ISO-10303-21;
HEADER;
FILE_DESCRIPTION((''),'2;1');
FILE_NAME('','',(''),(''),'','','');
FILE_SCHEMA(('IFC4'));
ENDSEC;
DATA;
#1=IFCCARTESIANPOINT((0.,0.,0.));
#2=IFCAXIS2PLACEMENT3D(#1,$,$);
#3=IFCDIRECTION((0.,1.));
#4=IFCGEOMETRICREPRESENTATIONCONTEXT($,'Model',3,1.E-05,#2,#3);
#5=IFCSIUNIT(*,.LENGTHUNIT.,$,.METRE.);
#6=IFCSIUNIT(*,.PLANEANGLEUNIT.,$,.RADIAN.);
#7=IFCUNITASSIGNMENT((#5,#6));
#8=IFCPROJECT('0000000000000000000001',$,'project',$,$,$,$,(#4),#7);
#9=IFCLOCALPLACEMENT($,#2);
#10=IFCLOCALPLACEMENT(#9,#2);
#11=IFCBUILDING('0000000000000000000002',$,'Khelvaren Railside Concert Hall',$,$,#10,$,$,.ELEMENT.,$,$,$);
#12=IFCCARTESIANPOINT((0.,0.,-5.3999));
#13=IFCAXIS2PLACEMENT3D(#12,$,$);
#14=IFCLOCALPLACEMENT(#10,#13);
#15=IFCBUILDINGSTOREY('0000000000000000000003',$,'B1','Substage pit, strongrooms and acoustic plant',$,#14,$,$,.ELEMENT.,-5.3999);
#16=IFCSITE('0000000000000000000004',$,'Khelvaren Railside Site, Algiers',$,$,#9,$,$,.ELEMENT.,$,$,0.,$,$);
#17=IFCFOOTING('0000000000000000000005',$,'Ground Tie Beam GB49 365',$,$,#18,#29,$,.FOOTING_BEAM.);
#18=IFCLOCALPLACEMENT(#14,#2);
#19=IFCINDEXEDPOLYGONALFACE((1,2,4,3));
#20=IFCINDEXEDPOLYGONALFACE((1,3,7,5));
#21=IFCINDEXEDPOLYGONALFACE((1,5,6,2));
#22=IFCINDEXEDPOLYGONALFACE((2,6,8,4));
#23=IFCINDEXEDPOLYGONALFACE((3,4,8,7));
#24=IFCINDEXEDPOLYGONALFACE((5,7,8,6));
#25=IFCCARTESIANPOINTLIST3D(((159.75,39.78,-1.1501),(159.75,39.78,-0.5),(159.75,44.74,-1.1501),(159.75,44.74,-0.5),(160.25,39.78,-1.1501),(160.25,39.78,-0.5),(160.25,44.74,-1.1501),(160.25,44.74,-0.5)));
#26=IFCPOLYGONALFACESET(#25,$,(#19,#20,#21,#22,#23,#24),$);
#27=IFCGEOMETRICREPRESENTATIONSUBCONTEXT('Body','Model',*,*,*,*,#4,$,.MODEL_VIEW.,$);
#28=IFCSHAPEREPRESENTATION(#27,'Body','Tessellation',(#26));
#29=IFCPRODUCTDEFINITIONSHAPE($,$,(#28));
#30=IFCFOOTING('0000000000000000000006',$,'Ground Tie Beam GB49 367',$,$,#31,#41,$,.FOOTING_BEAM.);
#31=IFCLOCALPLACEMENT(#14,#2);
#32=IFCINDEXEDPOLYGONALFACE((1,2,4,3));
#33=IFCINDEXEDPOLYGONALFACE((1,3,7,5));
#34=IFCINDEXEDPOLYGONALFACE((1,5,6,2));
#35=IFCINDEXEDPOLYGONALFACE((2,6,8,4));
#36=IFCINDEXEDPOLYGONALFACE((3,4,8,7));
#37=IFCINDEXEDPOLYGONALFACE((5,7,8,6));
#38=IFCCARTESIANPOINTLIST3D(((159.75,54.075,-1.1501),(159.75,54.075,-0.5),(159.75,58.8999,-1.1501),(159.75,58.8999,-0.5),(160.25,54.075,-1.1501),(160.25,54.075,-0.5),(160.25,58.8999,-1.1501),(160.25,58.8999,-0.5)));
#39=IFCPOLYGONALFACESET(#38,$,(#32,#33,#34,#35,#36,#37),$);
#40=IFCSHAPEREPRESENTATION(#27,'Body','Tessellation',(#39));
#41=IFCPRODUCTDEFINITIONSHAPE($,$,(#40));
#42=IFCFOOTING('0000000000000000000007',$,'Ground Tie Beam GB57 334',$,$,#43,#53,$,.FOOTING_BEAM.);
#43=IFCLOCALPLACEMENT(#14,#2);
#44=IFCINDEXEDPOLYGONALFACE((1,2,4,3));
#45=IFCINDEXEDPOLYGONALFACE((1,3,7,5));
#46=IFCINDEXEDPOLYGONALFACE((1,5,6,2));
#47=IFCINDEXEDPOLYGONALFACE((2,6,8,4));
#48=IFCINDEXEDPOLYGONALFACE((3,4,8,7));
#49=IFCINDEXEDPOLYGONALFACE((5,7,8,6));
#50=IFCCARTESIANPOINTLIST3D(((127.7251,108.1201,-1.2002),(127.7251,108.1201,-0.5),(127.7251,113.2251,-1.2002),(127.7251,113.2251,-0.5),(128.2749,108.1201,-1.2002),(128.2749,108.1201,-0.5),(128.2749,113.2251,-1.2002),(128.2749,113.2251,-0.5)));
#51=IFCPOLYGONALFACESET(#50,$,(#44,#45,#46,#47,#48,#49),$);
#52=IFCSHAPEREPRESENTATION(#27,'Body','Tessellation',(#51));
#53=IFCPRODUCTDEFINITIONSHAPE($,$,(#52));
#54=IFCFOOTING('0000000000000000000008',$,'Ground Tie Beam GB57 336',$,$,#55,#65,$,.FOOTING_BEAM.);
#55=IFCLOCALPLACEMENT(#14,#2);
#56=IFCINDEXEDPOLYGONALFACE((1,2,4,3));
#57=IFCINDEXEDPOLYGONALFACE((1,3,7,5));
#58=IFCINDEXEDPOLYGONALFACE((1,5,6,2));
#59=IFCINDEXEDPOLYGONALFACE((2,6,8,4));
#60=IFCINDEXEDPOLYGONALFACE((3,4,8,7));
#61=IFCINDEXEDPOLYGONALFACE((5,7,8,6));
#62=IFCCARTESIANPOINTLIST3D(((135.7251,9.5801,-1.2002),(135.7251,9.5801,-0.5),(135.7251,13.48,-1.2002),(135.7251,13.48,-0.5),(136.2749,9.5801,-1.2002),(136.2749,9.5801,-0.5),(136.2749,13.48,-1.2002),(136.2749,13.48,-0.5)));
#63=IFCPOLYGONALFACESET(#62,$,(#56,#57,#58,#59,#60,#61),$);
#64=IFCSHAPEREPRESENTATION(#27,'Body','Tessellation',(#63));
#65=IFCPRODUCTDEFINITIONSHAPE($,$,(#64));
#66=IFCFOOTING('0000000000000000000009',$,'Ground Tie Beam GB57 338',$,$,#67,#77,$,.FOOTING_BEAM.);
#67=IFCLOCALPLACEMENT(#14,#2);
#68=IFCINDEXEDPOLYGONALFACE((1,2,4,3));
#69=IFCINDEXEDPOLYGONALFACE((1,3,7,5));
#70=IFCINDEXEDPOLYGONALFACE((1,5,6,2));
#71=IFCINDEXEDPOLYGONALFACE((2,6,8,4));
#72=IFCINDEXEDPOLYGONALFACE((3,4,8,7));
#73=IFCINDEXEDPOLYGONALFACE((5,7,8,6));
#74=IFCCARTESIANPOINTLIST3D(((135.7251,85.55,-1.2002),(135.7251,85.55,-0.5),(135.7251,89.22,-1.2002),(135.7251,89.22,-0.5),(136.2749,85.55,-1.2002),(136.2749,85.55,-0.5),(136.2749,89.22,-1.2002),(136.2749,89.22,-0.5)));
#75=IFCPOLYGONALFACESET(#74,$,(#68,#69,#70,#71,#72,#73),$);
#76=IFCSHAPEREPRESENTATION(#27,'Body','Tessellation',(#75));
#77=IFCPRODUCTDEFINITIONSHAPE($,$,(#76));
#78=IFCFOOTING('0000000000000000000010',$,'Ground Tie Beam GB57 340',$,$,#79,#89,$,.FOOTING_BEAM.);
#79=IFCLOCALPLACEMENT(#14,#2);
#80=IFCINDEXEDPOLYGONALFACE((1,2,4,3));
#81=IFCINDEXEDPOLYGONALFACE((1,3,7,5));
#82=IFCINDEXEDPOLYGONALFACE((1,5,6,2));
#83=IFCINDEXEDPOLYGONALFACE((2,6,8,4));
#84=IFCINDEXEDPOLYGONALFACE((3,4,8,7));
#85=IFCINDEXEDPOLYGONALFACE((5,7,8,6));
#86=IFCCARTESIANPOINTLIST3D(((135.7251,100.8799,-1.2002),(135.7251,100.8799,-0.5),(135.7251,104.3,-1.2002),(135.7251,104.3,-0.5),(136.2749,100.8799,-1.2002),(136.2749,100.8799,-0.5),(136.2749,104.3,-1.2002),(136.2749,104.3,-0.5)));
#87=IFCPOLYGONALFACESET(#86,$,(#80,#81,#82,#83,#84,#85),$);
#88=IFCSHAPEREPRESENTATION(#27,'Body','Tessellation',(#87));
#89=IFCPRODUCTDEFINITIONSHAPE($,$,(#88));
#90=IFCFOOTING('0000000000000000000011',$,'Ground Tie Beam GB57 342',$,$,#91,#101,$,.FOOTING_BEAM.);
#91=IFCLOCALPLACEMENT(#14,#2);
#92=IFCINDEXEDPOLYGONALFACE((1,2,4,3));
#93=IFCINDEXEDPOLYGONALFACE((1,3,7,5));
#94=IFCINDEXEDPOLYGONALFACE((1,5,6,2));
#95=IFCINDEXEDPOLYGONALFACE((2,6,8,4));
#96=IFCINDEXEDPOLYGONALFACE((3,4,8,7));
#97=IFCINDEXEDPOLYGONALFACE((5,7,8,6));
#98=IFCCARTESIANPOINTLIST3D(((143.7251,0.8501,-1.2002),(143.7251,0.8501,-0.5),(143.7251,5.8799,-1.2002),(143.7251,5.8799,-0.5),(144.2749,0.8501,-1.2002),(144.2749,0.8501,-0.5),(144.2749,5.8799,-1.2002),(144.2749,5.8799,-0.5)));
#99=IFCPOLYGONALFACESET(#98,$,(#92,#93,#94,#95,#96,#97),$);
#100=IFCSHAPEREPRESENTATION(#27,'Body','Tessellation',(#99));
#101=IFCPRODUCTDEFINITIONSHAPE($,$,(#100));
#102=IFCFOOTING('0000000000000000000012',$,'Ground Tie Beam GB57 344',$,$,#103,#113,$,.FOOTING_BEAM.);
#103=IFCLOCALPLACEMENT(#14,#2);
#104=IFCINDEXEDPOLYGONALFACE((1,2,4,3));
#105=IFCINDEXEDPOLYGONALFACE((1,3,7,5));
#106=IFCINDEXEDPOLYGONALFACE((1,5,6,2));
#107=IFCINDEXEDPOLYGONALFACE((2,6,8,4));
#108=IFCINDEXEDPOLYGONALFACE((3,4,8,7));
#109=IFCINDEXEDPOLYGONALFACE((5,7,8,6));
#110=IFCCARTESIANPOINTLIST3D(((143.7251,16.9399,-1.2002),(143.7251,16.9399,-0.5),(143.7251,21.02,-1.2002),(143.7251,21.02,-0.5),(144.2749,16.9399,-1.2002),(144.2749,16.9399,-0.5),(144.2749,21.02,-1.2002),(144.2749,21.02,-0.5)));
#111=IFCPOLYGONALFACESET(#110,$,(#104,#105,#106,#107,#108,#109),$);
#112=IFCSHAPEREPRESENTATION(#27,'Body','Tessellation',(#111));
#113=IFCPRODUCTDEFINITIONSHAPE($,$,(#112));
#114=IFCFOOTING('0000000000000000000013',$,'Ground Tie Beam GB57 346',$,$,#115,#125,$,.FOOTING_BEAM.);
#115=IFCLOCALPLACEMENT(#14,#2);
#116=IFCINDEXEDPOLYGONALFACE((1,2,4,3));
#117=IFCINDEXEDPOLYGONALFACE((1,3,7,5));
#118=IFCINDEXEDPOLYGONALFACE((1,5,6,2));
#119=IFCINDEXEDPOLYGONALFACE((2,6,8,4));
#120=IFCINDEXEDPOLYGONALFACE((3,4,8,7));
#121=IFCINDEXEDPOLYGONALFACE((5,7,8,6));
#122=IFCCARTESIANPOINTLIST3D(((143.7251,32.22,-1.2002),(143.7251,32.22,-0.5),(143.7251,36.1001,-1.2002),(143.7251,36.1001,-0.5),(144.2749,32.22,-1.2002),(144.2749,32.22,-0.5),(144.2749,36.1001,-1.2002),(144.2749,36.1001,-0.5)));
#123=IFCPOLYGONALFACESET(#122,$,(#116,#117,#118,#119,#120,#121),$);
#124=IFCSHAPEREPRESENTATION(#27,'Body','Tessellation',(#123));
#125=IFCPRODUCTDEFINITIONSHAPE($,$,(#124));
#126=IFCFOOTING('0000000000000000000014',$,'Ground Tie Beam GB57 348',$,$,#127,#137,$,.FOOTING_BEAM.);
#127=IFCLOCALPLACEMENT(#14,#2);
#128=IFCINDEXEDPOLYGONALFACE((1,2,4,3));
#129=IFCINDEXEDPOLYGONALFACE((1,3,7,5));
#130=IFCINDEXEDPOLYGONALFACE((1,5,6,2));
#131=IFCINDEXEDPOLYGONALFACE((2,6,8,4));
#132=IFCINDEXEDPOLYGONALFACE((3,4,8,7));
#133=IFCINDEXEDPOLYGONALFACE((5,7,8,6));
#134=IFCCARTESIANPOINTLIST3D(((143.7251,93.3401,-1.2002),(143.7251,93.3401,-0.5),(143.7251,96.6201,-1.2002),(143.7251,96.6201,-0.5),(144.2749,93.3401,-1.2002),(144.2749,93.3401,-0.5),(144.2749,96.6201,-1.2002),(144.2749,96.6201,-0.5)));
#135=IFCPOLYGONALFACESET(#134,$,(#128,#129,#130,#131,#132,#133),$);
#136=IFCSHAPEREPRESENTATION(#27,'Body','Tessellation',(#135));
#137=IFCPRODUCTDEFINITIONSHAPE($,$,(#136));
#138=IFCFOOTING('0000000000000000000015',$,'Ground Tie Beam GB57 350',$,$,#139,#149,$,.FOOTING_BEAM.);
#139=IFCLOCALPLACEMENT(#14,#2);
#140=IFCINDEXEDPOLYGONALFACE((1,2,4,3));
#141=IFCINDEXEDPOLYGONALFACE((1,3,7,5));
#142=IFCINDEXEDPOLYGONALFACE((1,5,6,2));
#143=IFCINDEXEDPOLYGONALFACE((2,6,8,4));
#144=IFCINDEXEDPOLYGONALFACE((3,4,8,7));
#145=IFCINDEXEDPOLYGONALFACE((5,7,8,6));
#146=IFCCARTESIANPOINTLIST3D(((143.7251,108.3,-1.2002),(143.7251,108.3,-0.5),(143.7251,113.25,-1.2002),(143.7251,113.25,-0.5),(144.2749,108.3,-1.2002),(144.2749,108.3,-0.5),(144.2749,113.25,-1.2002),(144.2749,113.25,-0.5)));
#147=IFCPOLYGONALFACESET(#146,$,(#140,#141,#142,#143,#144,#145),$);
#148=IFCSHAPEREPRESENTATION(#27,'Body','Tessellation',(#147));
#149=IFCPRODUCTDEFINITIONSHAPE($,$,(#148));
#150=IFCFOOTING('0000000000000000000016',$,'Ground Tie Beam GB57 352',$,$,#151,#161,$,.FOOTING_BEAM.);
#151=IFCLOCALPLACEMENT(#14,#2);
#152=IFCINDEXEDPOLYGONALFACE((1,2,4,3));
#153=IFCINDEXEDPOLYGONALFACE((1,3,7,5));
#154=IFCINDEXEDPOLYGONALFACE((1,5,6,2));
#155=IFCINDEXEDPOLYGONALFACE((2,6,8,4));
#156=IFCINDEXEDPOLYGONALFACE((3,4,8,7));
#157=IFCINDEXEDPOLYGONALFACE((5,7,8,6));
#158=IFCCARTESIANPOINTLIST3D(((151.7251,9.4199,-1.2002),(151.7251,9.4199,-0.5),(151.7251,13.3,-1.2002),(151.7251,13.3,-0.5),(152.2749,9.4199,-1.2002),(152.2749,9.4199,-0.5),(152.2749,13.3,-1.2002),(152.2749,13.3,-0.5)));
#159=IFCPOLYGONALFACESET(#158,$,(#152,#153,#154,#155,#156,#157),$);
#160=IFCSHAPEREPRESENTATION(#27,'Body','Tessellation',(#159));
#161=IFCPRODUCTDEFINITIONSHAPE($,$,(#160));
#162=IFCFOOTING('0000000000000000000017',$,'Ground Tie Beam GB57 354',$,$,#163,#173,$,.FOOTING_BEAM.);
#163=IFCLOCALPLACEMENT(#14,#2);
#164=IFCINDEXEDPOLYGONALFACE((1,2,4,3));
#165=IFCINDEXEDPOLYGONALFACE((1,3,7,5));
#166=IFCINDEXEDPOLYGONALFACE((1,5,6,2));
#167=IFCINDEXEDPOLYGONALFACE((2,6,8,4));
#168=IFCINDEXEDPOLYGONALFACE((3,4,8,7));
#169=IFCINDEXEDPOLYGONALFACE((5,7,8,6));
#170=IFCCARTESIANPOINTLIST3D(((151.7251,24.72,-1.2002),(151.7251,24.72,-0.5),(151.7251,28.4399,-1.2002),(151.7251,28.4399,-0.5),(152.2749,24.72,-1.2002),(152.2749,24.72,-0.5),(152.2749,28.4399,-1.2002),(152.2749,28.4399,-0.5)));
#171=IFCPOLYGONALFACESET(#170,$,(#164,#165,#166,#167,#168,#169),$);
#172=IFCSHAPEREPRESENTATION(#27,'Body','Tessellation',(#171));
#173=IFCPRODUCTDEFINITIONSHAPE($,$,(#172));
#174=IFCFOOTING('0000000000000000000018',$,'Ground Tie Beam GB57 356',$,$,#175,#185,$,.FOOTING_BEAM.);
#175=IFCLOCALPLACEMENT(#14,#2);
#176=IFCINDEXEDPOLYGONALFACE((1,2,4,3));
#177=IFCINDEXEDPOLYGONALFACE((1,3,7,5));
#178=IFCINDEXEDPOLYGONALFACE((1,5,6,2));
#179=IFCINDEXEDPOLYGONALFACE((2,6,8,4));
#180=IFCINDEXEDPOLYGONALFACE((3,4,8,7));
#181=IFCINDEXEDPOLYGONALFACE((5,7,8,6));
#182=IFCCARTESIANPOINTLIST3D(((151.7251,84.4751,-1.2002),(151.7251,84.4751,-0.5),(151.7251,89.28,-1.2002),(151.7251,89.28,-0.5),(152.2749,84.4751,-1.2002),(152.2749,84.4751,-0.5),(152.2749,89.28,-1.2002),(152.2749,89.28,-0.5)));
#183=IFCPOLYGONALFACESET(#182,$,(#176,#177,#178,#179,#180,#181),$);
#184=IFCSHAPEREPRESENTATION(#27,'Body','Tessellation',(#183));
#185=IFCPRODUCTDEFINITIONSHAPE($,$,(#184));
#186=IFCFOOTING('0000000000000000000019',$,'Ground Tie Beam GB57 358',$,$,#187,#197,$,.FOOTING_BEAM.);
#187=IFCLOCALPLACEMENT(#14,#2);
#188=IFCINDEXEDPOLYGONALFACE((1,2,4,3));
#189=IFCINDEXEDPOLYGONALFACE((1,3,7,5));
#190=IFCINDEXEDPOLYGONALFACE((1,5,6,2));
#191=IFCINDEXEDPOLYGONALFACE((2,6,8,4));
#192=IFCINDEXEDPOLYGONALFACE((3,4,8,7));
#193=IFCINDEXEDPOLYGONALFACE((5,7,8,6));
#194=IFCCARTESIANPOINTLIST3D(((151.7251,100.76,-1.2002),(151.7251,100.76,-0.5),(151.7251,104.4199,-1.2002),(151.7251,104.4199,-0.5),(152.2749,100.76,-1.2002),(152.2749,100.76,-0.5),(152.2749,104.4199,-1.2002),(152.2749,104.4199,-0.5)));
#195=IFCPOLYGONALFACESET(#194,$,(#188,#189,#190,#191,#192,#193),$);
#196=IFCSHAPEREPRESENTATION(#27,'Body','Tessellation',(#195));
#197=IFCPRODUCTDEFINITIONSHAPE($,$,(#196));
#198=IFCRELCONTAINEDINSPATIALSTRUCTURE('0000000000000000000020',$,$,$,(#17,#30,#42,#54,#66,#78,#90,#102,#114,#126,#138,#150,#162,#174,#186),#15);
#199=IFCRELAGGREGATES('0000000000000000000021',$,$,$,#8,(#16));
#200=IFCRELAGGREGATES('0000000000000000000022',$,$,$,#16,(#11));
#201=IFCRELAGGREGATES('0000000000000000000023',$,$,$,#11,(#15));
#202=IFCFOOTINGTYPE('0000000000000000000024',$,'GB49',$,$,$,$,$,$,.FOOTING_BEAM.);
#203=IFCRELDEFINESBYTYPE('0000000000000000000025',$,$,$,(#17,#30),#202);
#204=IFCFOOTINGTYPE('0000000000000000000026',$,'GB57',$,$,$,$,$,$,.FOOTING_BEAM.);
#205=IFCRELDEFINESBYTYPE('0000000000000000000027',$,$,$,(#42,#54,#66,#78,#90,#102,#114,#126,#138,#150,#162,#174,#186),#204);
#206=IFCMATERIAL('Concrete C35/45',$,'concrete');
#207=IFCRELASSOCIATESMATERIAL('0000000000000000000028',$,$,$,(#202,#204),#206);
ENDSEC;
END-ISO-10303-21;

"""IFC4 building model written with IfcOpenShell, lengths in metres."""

from ifc_helpers import new_model, si_unit, direction, frame, origin, place, context, subcontext, project, spatial, polyline, outline, extrude, material, type_object, element, save


model = new_model("IFC4")

# Units and contexts
model_context = context("Model", 3, precision=1e-05, world=origin(), true_north=direction((0.0, 1.0)))
body_context = subcontext(model_context, "Body", "Model", "MODEL_VIEW")
ifc_project = project(units=[si_unit("LENGTHUNIT", "METRE"), si_unit("PLANEANGLEUNIT", "RADIAN")], contexts=[model_context])

# Site, building, storey
site_placement = place(None, origin())
site = spatial("IfcSite", under=ifc_project, at=site_placement, Name="Khelvaren Railside Site, Algiers", CompositionType="ELEMENT", RefElevation=0.0)
building_placement = place(site_placement, origin())
building = spatial("IfcBuilding", under=site, at=building_placement, Name="Khelvaren Railside Concert Hall", CompositionType="ELEMENT")
storey_placement = place(building_placement, frame((0.0, 0.0, -5.3999)))
storey = spatial("IfcBuildingStorey", under=building, at=storey_placement, Name="B1", Description="Substage pit, strongrooms and acoustic plant", CompositionType="ELEMENT", Elevation=-5.3999)

# Footings
ifc_material = material(Name="Concrete C35/45", Category="concrete")
footing_type_1 = type_object("IfcFootingType", Name="GB49", PredefinedType="FOOTING_BEAM", material=ifc_material)
footing_1_placement = place(storey_placement, frame((0.0, 0.0, -1.1501)))
element("IfcFooting", 1, at=footing_1_placement, inside=storey, type_object=footing_type_1, Name="Ground Tie Beam GB49 365", PredefinedType="FOOTING_BEAM", context=body_context, shape_type="SweptSolid", body=[
    extrude(outline(polyline([(159.75, 39.78), (160.25, 39.78), (160.25, 44.74), (159.75, 44.74), (159.75, 39.78)])), origin(), (0.0, 0.0, 1.0), 0.6501),
])
footing_2_placement = place(storey_placement, frame((0.0, 0.0, -1.1501)))
element("IfcFooting", 2, at=footing_2_placement, inside=storey, type_object=footing_type_1, Name="Ground Tie Beam GB49 367", PredefinedType="FOOTING_BEAM", context=body_context, shape_type="SweptSolid", body=[
    extrude(outline(polyline([(159.75, 54.075), (160.25, 54.075), (160.25, 58.8999), (159.75, 58.8999), (159.75, 54.075)])), origin(), (0.0, 0.0, 1.0), 0.6501),
])
footing_type_2 = type_object("IfcFootingType", Name="GB57", PredefinedType="FOOTING_BEAM", material=ifc_material)
footing_3_placement = place(storey_placement, frame((0.0, 0.0, -1.2002)))
element("IfcFooting", 3, at=footing_3_placement, inside=storey, type_object=footing_type_2, Name="Ground Tie Beam GB57 334", PredefinedType="FOOTING_BEAM", context=body_context, shape_type="SweptSolid", body=[
    extrude(outline(polyline([(127.7251, 108.1201), (128.2749, 108.1201), (128.2749, 113.2251), (127.7251, 113.2251), (127.7251, 108.1201)])), origin(), (0.0, 0.0, 1.0), 0.7002),
])
footing_4_placement = place(storey_placement, frame((0.0, 0.0, -1.2002)))
element("IfcFooting", 4, at=footing_4_placement, inside=storey, type_object=footing_type_2, Name="Ground Tie Beam GB57 336", PredefinedType="FOOTING_BEAM", context=body_context, shape_type="SweptSolid", body=[
    extrude(outline(polyline([(135.7251, 9.5801), (136.2749, 9.5801), (136.2749, 13.48), (135.7251, 13.48), (135.7251, 9.5801)])), origin(), (0.0, 0.0, 1.0), 0.7002),
])
footing_5_placement = place(storey_placement, frame((0.0, 0.0, -1.2002)))
element("IfcFooting", 5, at=footing_5_placement, inside=storey, type_object=footing_type_2, Name="Ground Tie Beam GB57 338", PredefinedType="FOOTING_BEAM", context=body_context, shape_type="SweptSolid", body=[
    extrude(outline(polyline([(135.7251, 85.55), (136.2749, 85.55), (136.2749, 89.22), (135.7251, 89.22), (135.7251, 85.55)])), origin(), (0.0, 0.0, 1.0), 0.7002),
])
footing_6_placement = place(storey_placement, frame((0.0, 0.0, -1.2002)))
element("IfcFooting", 6, at=footing_6_placement, inside=storey, type_object=footing_type_2, Name="Ground Tie Beam GB57 340", PredefinedType="FOOTING_BEAM", context=body_context, shape_type="SweptSolid", body=[
    extrude(outline(polyline([(135.7251, 100.8799), (136.2749, 100.8799), (136.2749, 104.3), (135.7251, 104.3), (135.7251, 100.8799)])), origin(), (0.0, 0.0, 1.0), 0.7002),
])
footing_7_placement = place(storey_placement, frame((0.0, 0.0, -1.2002)))
element("IfcFooting", 7, at=footing_7_placement, inside=storey, type_object=footing_type_2, Name="Ground Tie Beam GB57 342", PredefinedType="FOOTING_BEAM", context=body_context, shape_type="SweptSolid", body=[
    extrude(outline(polyline([(143.7251, 0.8501), (144.2749, 0.8501), (144.2749, 5.8799), (143.7251, 5.8799), (143.7251, 0.8501)])), origin(), (0.0, 0.0, 1.0), 0.7002),
])
footing_8_placement = place(storey_placement, frame((0.0, 0.0, -1.2002)))
element("IfcFooting", 8, at=footing_8_placement, inside=storey, type_object=footing_type_2, Name="Ground Tie Beam GB57 344", PredefinedType="FOOTING_BEAM", context=body_context, shape_type="SweptSolid", body=[
    extrude(outline(polyline([(143.7251, 16.9399), (144.2749, 16.9399), (144.2749, 21.02), (143.7251, 21.02), (143.7251, 16.9399)])), origin(), (0.0, 0.0, 1.0), 0.7002),
])
footing_9_placement = place(storey_placement, frame((0.0, 0.0, -1.2002)))
element("IfcFooting", 9, at=footing_9_placement, inside=storey, type_object=footing_type_2, Name="Ground Tie Beam GB57 346", PredefinedType="FOOTING_BEAM", context=body_context, shape_type="SweptSolid", body=[
    extrude(outline(polyline([(143.7251, 32.22), (144.2749, 32.22), (144.2749, 36.1001), (143.7251, 36.1001), (143.7251, 32.22)])), origin(), (0.0, 0.0, 1.0), 0.7002),
])
footing_10_placement = place(storey_placement, frame((0.0, 0.0, -1.2002)))
element("IfcFooting", 10, at=footing_10_placement, inside=storey, type_object=footing_type_2, Name="Ground Tie Beam GB57 348", PredefinedType="FOOTING_BEAM", context=body_context, shape_type="SweptSolid", body=[
    extrude(outline(polyline([(143.7251, 93.3401), (144.2749, 93.3401), (144.2749, 96.6201), (143.7251, 96.6201), (143.7251, 93.3401)])), origin(), (0.0, 0.0, 1.0), 0.7002),
])
footing_11_placement = place(storey_placement, frame((0.0, 0.0, -1.2002)))
element("IfcFooting", 11, at=footing_11_placement, inside=storey, type_object=footing_type_2, Name="Ground Tie Beam GB57 350", PredefinedType="FOOTING_BEAM", context=body_context, shape_type="SweptSolid", body=[
    extrude(outline(polyline([(143.7251, 108.3), (144.2749, 108.3), (144.2749, 113.25), (143.7251, 113.25), (143.7251, 108.3)])), origin(), (0.0, 0.0, 1.0), 0.7002),
])
footing_12_placement = place(storey_placement, frame((0.0, 0.0, -1.2002)))
element("IfcFooting", 12, at=footing_12_placement, inside=storey, type_object=footing_type_2, Name="Ground Tie Beam GB57 352", PredefinedType="FOOTING_BEAM", context=body_context, shape_type="SweptSolid", body=[
    extrude(outline(polyline([(151.7251, 9.4199), (152.2749, 9.4199), (152.2749, 13.3), (151.7251, 13.3), (151.7251, 9.4199)])), origin(), (0.0, 0.0, 1.0), 0.7002),
])
footing_13_placement = place(storey_placement, frame((0.0, 0.0, -1.2002)))
element("IfcFooting", 13, at=footing_13_placement, inside=storey, type_object=footing_type_2, Name="Ground Tie Beam GB57 354", PredefinedType="FOOTING_BEAM", context=body_context, shape_type="SweptSolid", body=[
    extrude(outline(polyline([(151.7251, 24.72), (152.2749, 24.72), (152.2749, 28.4399), (151.7251, 28.4399), (151.7251, 24.72)])), origin(), (0.0, 0.0, 1.0), 0.7002),
])
footing_14_placement = place(storey_placement, frame((0.0, 0.0, -1.2002)))
element("IfcFooting", 14, at=footing_14_placement, inside=storey, type_object=footing_type_2, Name="Ground Tie Beam GB57 356", PredefinedType="FOOTING_BEAM", context=body_context, shape_type="SweptSolid", body=[
    extrude(outline(polyline([(151.7251, 84.4751), (152.2749, 84.4751), (152.2749, 89.28), (151.7251, 89.28), (151.7251, 84.4751)])), origin(), (0.0, 0.0, 1.0), 0.7002),
])
footing_15_placement = place(storey_placement, frame((0.0, 0.0, -1.2002)))
element("IfcFooting", 15, at=footing_15_placement, inside=storey, type_object=footing_type_2, Name="Ground Tie Beam GB57 358", PredefinedType="FOOTING_BEAM", context=body_context, shape_type="SweptSolid", body=[
    extrude(outline(polyline([(151.7251, 100.76), (152.2749, 100.76), (152.2749, 104.4199), (151.7251, 104.4199), (151.7251, 100.76)])), origin(), (0.0, 0.0, 1.0), 0.7002),
])

save(model, "model.ifc")
